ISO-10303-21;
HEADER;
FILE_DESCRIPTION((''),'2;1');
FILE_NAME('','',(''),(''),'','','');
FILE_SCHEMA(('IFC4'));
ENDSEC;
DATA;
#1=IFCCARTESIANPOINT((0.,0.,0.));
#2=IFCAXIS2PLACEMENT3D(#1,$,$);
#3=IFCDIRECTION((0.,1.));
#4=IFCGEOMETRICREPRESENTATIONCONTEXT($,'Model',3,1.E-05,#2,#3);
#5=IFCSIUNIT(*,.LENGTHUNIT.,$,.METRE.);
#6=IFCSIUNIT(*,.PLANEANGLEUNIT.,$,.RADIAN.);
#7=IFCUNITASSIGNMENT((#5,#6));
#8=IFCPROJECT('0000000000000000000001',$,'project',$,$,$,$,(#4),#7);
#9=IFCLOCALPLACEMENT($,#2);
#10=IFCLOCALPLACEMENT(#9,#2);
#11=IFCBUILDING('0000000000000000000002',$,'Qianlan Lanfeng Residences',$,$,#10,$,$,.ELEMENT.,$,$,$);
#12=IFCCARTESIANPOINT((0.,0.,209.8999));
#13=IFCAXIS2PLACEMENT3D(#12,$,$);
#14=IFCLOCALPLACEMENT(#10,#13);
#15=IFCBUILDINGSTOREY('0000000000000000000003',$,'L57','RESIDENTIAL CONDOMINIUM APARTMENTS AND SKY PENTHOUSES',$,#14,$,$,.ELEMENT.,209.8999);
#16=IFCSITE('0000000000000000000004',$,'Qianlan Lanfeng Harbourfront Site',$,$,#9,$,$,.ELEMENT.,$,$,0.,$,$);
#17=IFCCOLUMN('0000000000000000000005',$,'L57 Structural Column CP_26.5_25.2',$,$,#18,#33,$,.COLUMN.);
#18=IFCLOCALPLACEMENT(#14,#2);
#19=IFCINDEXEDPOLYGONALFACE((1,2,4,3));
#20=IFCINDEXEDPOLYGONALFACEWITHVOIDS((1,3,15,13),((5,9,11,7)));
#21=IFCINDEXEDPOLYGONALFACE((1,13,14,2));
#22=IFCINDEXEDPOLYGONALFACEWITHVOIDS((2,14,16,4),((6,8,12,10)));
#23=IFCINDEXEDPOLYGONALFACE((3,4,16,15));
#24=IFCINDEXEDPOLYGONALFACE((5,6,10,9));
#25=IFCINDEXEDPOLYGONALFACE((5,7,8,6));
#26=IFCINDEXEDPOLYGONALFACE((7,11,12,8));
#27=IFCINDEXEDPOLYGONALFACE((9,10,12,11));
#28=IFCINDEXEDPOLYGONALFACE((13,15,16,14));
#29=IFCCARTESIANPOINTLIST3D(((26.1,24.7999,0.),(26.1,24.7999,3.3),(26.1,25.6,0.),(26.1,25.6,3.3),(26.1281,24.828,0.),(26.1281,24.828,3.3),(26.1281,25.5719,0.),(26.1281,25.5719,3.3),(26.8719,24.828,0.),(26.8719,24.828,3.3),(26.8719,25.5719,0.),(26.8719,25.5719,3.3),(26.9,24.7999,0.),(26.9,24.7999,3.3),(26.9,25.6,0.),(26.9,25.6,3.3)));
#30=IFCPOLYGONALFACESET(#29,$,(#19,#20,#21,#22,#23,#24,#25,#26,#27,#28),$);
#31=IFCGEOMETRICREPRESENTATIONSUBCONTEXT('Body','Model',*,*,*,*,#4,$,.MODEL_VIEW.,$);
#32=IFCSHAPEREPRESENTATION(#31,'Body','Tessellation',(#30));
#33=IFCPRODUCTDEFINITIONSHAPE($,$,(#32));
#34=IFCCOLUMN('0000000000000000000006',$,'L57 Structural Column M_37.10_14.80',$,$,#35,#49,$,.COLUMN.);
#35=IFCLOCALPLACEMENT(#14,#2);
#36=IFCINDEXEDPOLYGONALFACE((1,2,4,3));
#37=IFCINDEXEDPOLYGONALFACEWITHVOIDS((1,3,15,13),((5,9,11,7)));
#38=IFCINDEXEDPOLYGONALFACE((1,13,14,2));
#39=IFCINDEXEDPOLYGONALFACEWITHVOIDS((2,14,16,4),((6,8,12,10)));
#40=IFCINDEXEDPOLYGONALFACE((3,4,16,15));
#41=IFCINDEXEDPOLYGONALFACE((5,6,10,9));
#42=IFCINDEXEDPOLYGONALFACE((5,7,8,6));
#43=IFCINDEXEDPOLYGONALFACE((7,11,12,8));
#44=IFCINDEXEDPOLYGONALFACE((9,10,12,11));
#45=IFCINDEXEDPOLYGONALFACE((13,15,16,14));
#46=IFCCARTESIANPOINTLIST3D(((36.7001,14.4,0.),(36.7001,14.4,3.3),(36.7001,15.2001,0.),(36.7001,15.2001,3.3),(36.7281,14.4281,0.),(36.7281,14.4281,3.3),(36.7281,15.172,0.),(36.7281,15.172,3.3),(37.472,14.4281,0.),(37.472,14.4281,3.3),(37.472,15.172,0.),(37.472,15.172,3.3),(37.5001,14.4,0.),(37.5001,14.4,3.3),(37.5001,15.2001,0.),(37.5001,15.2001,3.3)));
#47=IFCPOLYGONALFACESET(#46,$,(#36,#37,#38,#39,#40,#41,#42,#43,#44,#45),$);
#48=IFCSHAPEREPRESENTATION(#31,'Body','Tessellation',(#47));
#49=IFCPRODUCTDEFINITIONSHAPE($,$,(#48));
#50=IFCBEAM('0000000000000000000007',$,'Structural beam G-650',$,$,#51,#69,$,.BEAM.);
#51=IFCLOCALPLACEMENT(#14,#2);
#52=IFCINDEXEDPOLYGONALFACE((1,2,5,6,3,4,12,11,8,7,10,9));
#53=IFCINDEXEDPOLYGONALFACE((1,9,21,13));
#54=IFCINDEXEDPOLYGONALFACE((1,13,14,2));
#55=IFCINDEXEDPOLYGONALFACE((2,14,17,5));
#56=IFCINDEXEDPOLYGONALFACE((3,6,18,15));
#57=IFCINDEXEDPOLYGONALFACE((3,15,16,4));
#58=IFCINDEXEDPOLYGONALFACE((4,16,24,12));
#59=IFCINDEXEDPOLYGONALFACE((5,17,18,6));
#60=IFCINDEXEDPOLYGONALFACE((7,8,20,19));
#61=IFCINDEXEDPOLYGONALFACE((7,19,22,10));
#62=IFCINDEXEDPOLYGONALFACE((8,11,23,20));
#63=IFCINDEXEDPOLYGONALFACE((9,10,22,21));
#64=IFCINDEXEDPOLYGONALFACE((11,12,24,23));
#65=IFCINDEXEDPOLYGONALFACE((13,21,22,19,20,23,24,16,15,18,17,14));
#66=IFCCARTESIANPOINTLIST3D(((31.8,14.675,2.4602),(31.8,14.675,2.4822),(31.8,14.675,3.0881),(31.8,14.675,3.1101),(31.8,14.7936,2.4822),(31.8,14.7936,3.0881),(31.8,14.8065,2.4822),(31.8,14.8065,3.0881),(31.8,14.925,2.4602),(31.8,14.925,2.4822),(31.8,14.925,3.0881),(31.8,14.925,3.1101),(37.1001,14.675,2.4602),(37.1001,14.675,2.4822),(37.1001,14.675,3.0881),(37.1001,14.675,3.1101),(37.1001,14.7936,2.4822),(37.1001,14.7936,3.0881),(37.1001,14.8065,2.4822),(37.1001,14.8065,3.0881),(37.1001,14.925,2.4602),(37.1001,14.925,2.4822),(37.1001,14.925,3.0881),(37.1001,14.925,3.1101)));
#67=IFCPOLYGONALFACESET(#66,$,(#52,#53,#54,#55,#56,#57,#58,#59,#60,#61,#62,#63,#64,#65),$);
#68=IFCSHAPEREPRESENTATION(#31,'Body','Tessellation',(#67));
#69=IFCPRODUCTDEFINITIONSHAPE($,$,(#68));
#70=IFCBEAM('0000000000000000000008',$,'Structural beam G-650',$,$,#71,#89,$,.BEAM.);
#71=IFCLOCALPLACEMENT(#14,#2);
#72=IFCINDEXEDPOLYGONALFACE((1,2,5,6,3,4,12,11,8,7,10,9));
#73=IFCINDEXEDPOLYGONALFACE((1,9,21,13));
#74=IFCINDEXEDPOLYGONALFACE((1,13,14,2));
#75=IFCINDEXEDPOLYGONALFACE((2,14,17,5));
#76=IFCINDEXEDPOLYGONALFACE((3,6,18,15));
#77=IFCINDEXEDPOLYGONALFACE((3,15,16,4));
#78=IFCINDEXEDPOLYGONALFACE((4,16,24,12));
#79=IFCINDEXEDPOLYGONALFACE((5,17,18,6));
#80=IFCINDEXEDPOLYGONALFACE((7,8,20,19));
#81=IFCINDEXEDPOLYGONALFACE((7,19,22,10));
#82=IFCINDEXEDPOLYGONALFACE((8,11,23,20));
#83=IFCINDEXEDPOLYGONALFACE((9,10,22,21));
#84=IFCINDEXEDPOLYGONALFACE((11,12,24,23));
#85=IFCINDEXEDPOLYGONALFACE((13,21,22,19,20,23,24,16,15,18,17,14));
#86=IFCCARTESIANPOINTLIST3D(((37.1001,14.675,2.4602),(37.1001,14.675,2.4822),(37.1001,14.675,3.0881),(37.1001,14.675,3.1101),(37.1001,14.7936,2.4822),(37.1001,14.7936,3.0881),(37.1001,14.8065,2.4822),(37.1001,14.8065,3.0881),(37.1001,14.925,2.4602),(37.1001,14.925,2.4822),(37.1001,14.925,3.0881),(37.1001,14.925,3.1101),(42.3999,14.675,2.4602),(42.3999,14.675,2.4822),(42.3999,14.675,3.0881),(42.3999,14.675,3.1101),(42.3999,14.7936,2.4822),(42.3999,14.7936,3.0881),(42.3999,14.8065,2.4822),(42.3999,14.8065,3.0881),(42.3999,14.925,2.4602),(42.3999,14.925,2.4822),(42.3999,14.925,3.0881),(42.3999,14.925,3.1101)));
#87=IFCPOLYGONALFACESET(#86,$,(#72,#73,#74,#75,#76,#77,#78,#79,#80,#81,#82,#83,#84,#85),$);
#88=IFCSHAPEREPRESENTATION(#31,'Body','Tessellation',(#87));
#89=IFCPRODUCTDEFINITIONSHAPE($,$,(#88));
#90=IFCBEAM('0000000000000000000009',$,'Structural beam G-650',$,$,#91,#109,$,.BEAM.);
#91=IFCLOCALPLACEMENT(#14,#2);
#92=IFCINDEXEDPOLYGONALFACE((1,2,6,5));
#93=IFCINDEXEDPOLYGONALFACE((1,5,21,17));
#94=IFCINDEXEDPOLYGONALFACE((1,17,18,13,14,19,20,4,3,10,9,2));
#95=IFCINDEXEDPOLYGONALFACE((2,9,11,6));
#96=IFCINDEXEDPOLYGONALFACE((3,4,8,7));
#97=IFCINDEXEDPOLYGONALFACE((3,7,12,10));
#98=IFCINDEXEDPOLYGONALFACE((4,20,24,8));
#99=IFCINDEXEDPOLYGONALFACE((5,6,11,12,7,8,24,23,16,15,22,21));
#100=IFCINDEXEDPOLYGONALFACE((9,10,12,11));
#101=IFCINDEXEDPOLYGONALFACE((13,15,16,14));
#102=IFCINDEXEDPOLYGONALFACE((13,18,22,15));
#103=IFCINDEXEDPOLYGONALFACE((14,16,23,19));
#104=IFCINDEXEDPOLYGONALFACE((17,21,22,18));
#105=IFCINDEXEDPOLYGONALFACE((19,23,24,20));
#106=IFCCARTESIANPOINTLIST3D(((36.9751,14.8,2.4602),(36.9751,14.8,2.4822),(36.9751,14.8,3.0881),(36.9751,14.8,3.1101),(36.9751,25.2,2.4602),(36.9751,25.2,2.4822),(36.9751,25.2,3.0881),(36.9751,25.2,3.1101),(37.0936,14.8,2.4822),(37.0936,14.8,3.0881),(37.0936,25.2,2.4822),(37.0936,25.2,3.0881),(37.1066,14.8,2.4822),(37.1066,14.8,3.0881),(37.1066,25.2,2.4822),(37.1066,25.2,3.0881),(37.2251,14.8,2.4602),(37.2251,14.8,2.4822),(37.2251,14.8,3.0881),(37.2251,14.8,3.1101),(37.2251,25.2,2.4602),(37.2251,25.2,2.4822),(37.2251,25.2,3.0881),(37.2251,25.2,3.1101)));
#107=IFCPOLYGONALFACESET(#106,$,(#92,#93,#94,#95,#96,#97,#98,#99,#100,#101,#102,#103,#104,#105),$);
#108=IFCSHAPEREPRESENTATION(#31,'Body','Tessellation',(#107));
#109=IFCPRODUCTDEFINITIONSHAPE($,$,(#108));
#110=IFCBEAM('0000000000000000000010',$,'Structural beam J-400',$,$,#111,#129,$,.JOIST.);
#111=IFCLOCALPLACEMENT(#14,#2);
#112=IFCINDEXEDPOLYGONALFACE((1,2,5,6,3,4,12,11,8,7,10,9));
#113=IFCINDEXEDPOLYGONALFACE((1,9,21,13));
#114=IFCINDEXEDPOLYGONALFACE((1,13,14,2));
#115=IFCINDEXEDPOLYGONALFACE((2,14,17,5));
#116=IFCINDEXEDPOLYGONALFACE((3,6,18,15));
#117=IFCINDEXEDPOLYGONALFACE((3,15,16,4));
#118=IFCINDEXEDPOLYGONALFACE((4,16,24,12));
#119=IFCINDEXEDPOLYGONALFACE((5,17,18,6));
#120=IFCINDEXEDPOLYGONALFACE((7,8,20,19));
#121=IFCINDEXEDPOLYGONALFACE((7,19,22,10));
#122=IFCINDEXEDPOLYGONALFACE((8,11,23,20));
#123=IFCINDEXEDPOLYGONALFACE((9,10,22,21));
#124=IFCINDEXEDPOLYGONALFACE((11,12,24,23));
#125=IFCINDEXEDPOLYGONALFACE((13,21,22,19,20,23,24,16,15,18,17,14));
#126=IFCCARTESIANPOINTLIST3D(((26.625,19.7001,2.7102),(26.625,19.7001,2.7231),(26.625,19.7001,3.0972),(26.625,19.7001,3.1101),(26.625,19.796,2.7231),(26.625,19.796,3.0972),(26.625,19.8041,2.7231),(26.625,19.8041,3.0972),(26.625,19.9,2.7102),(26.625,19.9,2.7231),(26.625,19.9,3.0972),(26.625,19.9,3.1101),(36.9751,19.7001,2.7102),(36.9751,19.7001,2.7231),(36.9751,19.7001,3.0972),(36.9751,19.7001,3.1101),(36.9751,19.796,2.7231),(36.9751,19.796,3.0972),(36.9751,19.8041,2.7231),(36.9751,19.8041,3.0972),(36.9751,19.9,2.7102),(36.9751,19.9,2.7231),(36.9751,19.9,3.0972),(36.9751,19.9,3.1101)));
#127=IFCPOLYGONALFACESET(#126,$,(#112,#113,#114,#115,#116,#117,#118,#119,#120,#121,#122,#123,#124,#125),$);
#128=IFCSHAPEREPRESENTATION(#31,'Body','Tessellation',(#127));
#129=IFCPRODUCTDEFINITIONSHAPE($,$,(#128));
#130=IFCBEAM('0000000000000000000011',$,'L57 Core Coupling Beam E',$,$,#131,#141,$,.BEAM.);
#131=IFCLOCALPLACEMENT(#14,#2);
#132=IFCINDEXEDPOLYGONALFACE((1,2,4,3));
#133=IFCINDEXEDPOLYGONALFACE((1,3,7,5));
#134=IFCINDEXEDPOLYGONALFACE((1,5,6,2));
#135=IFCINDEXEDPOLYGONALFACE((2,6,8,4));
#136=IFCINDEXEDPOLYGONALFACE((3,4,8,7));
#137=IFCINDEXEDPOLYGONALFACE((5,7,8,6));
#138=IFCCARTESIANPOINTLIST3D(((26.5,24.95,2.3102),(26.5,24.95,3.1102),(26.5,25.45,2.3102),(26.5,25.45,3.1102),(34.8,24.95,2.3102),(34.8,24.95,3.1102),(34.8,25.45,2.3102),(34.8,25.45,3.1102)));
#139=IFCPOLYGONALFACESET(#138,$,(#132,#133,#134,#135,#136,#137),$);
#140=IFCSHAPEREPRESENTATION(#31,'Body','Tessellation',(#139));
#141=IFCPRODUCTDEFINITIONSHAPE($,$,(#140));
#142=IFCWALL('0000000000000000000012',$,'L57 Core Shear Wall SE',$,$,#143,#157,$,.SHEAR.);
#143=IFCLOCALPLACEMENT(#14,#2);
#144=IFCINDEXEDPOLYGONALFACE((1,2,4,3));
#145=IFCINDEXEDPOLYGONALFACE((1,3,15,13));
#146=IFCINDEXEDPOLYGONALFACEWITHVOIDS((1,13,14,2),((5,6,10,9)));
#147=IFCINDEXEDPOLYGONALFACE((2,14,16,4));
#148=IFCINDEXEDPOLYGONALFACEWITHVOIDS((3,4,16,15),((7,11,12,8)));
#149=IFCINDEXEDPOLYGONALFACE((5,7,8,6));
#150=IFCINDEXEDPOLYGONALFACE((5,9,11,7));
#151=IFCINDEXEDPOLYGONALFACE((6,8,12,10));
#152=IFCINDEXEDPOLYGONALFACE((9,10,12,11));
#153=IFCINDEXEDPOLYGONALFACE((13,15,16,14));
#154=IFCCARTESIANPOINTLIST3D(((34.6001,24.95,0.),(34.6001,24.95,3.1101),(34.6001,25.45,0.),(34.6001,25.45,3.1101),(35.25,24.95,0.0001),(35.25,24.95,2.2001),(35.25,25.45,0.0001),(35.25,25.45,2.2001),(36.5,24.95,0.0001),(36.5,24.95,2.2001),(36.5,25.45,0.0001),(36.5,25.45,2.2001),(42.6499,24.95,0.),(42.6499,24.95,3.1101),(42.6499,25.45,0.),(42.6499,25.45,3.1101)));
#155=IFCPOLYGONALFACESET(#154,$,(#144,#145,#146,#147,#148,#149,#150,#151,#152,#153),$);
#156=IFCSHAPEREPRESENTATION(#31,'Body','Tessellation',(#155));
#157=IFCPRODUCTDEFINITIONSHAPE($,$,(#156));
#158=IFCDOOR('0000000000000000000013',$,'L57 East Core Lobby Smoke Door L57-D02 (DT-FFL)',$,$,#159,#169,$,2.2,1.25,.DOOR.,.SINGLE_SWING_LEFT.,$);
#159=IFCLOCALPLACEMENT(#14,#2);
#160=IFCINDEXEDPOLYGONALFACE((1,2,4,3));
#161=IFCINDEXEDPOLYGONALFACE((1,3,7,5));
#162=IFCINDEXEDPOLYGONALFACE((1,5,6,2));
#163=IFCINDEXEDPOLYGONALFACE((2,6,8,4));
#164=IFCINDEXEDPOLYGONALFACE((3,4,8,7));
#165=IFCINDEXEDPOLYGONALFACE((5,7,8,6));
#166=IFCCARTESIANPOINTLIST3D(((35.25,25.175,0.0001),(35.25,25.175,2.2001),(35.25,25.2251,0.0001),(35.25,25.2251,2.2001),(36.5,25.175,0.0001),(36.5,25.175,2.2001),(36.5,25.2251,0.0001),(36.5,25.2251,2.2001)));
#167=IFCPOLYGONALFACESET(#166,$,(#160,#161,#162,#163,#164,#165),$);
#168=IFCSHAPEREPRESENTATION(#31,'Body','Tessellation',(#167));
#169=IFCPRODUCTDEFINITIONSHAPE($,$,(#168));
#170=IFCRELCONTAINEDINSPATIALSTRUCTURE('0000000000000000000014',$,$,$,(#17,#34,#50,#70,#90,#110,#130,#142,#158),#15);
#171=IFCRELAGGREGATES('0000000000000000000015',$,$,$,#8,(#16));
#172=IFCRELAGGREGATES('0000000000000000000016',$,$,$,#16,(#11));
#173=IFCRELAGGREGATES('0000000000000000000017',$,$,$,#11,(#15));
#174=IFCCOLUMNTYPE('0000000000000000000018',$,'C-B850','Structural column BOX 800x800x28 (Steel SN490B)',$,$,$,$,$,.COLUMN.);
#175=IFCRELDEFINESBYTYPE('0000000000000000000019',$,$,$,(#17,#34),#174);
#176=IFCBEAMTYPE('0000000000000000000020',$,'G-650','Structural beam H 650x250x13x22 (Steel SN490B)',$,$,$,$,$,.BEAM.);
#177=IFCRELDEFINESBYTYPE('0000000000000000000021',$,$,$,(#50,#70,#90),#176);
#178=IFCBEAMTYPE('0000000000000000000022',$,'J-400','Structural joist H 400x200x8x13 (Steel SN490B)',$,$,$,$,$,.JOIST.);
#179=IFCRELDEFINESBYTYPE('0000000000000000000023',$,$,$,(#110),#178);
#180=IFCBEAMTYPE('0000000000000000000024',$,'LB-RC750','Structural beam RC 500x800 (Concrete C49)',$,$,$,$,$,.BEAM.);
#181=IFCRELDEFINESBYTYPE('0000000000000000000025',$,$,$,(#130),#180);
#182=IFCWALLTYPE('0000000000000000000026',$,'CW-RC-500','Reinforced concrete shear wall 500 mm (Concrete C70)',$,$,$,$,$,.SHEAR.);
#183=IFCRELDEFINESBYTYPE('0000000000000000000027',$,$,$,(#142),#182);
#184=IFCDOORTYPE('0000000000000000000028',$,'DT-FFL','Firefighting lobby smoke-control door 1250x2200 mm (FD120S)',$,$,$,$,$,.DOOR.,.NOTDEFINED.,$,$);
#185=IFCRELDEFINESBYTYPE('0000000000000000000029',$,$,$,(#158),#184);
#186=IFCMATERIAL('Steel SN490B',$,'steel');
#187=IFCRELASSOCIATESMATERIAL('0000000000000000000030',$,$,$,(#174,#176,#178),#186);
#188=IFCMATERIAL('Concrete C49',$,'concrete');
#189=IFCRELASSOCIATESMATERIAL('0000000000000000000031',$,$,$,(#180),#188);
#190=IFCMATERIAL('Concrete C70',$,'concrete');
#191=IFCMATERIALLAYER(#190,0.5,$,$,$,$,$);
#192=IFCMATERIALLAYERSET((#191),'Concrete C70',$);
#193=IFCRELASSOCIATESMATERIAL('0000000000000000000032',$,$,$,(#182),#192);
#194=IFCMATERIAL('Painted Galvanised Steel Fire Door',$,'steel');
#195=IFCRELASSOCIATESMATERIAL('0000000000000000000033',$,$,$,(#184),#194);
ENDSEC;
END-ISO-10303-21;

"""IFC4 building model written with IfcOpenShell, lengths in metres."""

from ifc_helpers import new_model, si_unit, direction, frame, frame_2d, origin, origin_2d, place, context, subcontext, project, spatial, rectangle, hollow_rectangle, i_section, extrude, material, layer, layer_set, material_profile, profile_set, type_object, element, fill, save


model = new_model("IFC4")

# Units and contexts
model_context = context("Model", 3, precision=1e-05, world=origin(), true_north=direction((0.0, 1.0)))
body_context = subcontext(model_context, "Body", "Model", "MODEL_VIEW")
ifc_project = project(units=[si_unit("LENGTHUNIT", "METRE"), si_unit("PLANEANGLEUNIT", "RADIAN")], contexts=[model_context])

# Site, building, storey
site_placement = place(None, origin())
site = spatial("IfcSite", under=ifc_project, at=site_placement, Name="Qianlan Lanfeng Harbourfront Site", CompositionType="ELEMENT", RefElevation=0.0)
building_placement = place(site_placement, origin())
building = spatial("IfcBuilding", under=site, at=building_placement, Name="Qianlan Lanfeng Residences", CompositionType="ELEMENT")
storey_placement = place(building_placement, frame((0.0, 0.0, 209.8999)))
storey = spatial("IfcBuildingStorey", under=building, at=storey_placement, Name="L57", Description="RESIDENTIAL CONDOMINIUM APARTMENTS AND SKY PENTHOUSES", CompositionType="ELEMENT", Elevation=209.8999)

# Columns
ifc_material_1 = material(Name="Steel SN490B", Category="steel")
ifc_material_profile_1 = material_profile(ifc_material_1, hollow_rectangle(XDim=0.8, YDim=0.8, WallThickness=0.0281, at=origin_2d()), Name="BOX 800x800x28")
ifc_profile_set_1 = profile_set([ifc_material_profile_1], Name="Steel SN490B")
column_type = type_object("IfcColumnType", Name="C-B850", Description="Structural column BOX 800x800x28 (Steel SN490B)", PredefinedType="COLUMN", material=ifc_profile_set_1)
for number, where, z_axis, x_axis, name in (
    (1, (26.5, 25.2, 0.0), (0.0, 0.0, 1.0), (1.0, 0.0, 0.0), "L57 Structural Column CP_26.5_25.2"),
    (2, (37.1001, 14.8, 0.0), (0.0, 0.0, 1.0), (1.0, 0.0, 0.0), "L57 Structural Column M_37.10_14.80"),
):
    element("IfcColumn", number, at=place(storey_placement, frame(where, z_axis=z_axis, x_axis=x_axis)), inside=storey, type_object=column_type, Name=name, PredefinedType="COLUMN", context=body_context, shape_type="SweptSolid", body=[
        extrude(hollow_rectangle(XDim=0.8, YDim=0.8, WallThickness=0.0281, at=origin_2d()), origin(), (0.0, 0.0, 1.0), 3.3),
    ])

# Beams
ifc_material_profile_2 = material_profile(ifc_material_1, i_section(OverallWidth=0.25, OverallDepth=0.6499, WebThickness=0.0129, FlangeThickness=0.022, at=origin_2d()), Name="H 650x250x13x22")
ifc_profile_set_2 = profile_set([ifc_material_profile_2], Name="Steel SN490B")
beam_type_1 = type_object("IfcBeamType", Name="G-650", Description="Structural beam H 650x250x13x22 (Steel SN490B)", PredefinedType="BEAM", material=ifc_profile_set_2)
beam_1_placement = place(storey_placement, frame((31.8, 14.8, 2.7852), z_axis=(1.0, 0.0, 0.0), x_axis=(0.0, 1.0, 0.0)))
element("IfcBeam", 3, at=beam_1_placement, inside=storey, type_object=beam_type_1, Name="Structural beam G-650", PredefinedType="BEAM", context=body_context, shape_type="SweptSolid", body=[
    extrude(i_section(OverallWidth=0.25, OverallDepth=0.6499, WebThickness=0.0129, FlangeThickness=0.022, at=origin_2d()), origin(), (0.0, 0.0, 1.0), 5.3),
])
beam_2_placement = place(storey_placement, frame((37.1001, 14.8, 2.7852), z_axis=(1.0, 0.0, 0.0), x_axis=(0.0, 1.0, 0.0)))
element("IfcBeam", 4, at=beam_2_placement, inside=storey, type_object=beam_type_1, Name="Structural beam G-650", PredefinedType="BEAM", context=body_context, shape_type="SweptSolid", body=[
    extrude(i_section(OverallWidth=0.25, OverallDepth=0.6499, WebThickness=0.0129, FlangeThickness=0.022, at=origin_2d()), origin(), (0.0, 0.0, 1.0), 5.2998),
])
beam_3_placement = place(storey_placement, frame((37.1001, 14.8, 2.7852), z_axis=(0.0, 1.0, 0.0), x_axis=(-1.0, 0.0, 0.0)))
element("IfcBeam", 5, at=beam_3_placement, inside=storey, type_object=beam_type_1, Name="Structural beam G-650", PredefinedType="BEAM", context=body_context, shape_type="SweptSolid", body=[
    extrude(i_section(OverallWidth=0.25, OverallDepth=0.6499, WebThickness=0.0129, FlangeThickness=0.022, at=origin_2d()), origin(), (0.0, 0.0, 1.0), 10.3999),
])
ifc_material_profile_3 = material_profile(ifc_material_1, i_section(OverallWidth=0.2, OverallDepth=0.3999, WebThickness=0.0081, FlangeThickness=0.0129, at=origin_2d()), Name="H 400x200x8x13")
ifc_profile_set_3 = profile_set([ifc_material_profile_3], Name="Steel SN490B")
beam_type_2 = type_object("IfcBeamType", Name="J-400", Description="Structural joist H 400x200x8x13 (Steel SN490B)", PredefinedType="JOIST", material=ifc_profile_set_3)
beam_4_placement = place(storey_placement, frame((26.625, 19.8, 2.9102), z_axis=(1.0, 0.0, 0.0), x_axis=(0.0, 1.0, 0.0)))
element("IfcBeam", 6, at=beam_4_placement, inside=storey, type_object=beam_type_2, Name="Structural beam J-400", PredefinedType="JOIST", context=body_context, shape_type="SweptSolid", body=[
    extrude(i_section(OverallWidth=0.2, OverallDepth=0.3999, WebThickness=0.0081, FlangeThickness=0.0129, at=origin_2d()), origin(), (0.0, 0.0, 1.0), 10.3501),
])
ifc_material_2 = material(Name="Concrete C49", Category="concrete")
ifc_material_profile_4 = material_profile(ifc_material_2, rectangle(XDim=0.5, YDim=0.8, at=origin_2d()), Name="RC 500x800")
ifc_profile_set_4 = profile_set([ifc_material_profile_4], Name="Concrete C49")
beam_type_3 = type_object("IfcBeamType", Name="LB-RC750", Description="Structural beam RC 500x800 (Concrete C49)", PredefinedType="BEAM", material=ifc_profile_set_4)
beam_5_placement = place(storey_placement, frame((26.5, 25.2, 2.7102), z_axis=(1.0, 0.0, 0.0), x_axis=(0.0, 1.0, 0.0)))
element("IfcBeam", 7, at=beam_5_placement, inside=storey, type_object=beam_type_3, Name="L57 Core Coupling Beam E", PredefinedType="BEAM", context=body_context, shape_type="SweptSolid", body=[
    extrude(rectangle(XDim=0.5, YDim=0.8, at=origin_2d()), origin(), (0.0, 0.0, 1.0), 8.3),
])

# Wall, opening, door
ifc_material_3 = material(Name="Concrete C70", Category="concrete")
ifc_layer_1 = layer(ifc_material_3, 0.5)
ifc_layer_set_1 = layer_set([ifc_layer_1], Name="Concrete C70")
wall_type_1 = type_object("IfcWallType", Name="CW-RC-500", Description="Reinforced concrete shear wall 500 mm (Concrete C70)", PredefinedType="SHEAR", material=ifc_layer_set_1)
wall_1_placement = place(storey_placement, frame((34.6001, 25.2, 0.0), z_axis=(0.0, 0.0, 1.0), x_axis=(1.0, 0.0, 0.0)))
wall_1 = element("IfcWall", 8, at=wall_1_placement, inside=storey, type_object=wall_type_1, Name="L57 Core Shear Wall SE", PredefinedType="SHEAR", context=body_context, shape_type="SweptSolid", body=[
    extrude(rectangle(XDim=8.0498, YDim=0.5, at=frame_2d((4.0249, 0.0))), origin(), (0.0, 0.0, 1.0), 3.1101),
])
opening_1_placement = place(wall_1_placement, frame((0.6499, 0.0, 0.0)))
opening_1 = element("IfcOpeningElement", 9, at=opening_1_placement, cuts=wall_1, PredefinedType="OPENING", context=body_context, shape_type="SweptSolid", body=[
    extrude(rectangle(XDim=1.25, YDim=2.2, at=frame_2d((0.625, 1.1001))), frame((0.0, 0.26, 0.0), z_axis=(0.0, -1.0, 0.0), x_axis=(1.0, 0.0, 0.0)), (0.0, 0.0, 1.0), 0.52),
])
ifc_material_4 = material(Name="Painted Galvanised Steel Fire Door", Category="steel")
door_type_1 = type_object("IfcDoorType", Name="DT-FFL", Description="Firefighting lobby smoke-control door 1250x2200 mm (FD120S)", OperationType="NOTDEFINED", PredefinedType="DOOR", material=ifc_material_4)
door_1_placement = place(opening_1_placement, frame((1.25, 0.0, 0.0), z_axis=(0.0, 0.0, 1.0), x_axis=(-1.0, 0.0, 0.0)))
door_1 = element("IfcDoor", 10, at=door_1_placement, inside=storey, type_object=door_type_1, Name="L57 East Core Lobby Smoke Door L57-D02 (DT-FFL)", OperationType="SINGLE_SWING_LEFT", OverallHeight=2.2, OverallWidth=1.25, PredefinedType="DOOR", context=body_context, shape_type="SweptSolid", body=[
    extrude(rectangle(XDim=1.25, YDim=2.2, at=frame_2d((0.625, 1.1001))), frame((0.0, 0.0249, 0.0), z_axis=(0.0, -1.0, 0.0), x_axis=(1.0, 0.0, 0.0)), (0.0, 0.0, 1.0), 0.05),
])
fill(opening_1, door_1)

save(model, "model.ifc")
